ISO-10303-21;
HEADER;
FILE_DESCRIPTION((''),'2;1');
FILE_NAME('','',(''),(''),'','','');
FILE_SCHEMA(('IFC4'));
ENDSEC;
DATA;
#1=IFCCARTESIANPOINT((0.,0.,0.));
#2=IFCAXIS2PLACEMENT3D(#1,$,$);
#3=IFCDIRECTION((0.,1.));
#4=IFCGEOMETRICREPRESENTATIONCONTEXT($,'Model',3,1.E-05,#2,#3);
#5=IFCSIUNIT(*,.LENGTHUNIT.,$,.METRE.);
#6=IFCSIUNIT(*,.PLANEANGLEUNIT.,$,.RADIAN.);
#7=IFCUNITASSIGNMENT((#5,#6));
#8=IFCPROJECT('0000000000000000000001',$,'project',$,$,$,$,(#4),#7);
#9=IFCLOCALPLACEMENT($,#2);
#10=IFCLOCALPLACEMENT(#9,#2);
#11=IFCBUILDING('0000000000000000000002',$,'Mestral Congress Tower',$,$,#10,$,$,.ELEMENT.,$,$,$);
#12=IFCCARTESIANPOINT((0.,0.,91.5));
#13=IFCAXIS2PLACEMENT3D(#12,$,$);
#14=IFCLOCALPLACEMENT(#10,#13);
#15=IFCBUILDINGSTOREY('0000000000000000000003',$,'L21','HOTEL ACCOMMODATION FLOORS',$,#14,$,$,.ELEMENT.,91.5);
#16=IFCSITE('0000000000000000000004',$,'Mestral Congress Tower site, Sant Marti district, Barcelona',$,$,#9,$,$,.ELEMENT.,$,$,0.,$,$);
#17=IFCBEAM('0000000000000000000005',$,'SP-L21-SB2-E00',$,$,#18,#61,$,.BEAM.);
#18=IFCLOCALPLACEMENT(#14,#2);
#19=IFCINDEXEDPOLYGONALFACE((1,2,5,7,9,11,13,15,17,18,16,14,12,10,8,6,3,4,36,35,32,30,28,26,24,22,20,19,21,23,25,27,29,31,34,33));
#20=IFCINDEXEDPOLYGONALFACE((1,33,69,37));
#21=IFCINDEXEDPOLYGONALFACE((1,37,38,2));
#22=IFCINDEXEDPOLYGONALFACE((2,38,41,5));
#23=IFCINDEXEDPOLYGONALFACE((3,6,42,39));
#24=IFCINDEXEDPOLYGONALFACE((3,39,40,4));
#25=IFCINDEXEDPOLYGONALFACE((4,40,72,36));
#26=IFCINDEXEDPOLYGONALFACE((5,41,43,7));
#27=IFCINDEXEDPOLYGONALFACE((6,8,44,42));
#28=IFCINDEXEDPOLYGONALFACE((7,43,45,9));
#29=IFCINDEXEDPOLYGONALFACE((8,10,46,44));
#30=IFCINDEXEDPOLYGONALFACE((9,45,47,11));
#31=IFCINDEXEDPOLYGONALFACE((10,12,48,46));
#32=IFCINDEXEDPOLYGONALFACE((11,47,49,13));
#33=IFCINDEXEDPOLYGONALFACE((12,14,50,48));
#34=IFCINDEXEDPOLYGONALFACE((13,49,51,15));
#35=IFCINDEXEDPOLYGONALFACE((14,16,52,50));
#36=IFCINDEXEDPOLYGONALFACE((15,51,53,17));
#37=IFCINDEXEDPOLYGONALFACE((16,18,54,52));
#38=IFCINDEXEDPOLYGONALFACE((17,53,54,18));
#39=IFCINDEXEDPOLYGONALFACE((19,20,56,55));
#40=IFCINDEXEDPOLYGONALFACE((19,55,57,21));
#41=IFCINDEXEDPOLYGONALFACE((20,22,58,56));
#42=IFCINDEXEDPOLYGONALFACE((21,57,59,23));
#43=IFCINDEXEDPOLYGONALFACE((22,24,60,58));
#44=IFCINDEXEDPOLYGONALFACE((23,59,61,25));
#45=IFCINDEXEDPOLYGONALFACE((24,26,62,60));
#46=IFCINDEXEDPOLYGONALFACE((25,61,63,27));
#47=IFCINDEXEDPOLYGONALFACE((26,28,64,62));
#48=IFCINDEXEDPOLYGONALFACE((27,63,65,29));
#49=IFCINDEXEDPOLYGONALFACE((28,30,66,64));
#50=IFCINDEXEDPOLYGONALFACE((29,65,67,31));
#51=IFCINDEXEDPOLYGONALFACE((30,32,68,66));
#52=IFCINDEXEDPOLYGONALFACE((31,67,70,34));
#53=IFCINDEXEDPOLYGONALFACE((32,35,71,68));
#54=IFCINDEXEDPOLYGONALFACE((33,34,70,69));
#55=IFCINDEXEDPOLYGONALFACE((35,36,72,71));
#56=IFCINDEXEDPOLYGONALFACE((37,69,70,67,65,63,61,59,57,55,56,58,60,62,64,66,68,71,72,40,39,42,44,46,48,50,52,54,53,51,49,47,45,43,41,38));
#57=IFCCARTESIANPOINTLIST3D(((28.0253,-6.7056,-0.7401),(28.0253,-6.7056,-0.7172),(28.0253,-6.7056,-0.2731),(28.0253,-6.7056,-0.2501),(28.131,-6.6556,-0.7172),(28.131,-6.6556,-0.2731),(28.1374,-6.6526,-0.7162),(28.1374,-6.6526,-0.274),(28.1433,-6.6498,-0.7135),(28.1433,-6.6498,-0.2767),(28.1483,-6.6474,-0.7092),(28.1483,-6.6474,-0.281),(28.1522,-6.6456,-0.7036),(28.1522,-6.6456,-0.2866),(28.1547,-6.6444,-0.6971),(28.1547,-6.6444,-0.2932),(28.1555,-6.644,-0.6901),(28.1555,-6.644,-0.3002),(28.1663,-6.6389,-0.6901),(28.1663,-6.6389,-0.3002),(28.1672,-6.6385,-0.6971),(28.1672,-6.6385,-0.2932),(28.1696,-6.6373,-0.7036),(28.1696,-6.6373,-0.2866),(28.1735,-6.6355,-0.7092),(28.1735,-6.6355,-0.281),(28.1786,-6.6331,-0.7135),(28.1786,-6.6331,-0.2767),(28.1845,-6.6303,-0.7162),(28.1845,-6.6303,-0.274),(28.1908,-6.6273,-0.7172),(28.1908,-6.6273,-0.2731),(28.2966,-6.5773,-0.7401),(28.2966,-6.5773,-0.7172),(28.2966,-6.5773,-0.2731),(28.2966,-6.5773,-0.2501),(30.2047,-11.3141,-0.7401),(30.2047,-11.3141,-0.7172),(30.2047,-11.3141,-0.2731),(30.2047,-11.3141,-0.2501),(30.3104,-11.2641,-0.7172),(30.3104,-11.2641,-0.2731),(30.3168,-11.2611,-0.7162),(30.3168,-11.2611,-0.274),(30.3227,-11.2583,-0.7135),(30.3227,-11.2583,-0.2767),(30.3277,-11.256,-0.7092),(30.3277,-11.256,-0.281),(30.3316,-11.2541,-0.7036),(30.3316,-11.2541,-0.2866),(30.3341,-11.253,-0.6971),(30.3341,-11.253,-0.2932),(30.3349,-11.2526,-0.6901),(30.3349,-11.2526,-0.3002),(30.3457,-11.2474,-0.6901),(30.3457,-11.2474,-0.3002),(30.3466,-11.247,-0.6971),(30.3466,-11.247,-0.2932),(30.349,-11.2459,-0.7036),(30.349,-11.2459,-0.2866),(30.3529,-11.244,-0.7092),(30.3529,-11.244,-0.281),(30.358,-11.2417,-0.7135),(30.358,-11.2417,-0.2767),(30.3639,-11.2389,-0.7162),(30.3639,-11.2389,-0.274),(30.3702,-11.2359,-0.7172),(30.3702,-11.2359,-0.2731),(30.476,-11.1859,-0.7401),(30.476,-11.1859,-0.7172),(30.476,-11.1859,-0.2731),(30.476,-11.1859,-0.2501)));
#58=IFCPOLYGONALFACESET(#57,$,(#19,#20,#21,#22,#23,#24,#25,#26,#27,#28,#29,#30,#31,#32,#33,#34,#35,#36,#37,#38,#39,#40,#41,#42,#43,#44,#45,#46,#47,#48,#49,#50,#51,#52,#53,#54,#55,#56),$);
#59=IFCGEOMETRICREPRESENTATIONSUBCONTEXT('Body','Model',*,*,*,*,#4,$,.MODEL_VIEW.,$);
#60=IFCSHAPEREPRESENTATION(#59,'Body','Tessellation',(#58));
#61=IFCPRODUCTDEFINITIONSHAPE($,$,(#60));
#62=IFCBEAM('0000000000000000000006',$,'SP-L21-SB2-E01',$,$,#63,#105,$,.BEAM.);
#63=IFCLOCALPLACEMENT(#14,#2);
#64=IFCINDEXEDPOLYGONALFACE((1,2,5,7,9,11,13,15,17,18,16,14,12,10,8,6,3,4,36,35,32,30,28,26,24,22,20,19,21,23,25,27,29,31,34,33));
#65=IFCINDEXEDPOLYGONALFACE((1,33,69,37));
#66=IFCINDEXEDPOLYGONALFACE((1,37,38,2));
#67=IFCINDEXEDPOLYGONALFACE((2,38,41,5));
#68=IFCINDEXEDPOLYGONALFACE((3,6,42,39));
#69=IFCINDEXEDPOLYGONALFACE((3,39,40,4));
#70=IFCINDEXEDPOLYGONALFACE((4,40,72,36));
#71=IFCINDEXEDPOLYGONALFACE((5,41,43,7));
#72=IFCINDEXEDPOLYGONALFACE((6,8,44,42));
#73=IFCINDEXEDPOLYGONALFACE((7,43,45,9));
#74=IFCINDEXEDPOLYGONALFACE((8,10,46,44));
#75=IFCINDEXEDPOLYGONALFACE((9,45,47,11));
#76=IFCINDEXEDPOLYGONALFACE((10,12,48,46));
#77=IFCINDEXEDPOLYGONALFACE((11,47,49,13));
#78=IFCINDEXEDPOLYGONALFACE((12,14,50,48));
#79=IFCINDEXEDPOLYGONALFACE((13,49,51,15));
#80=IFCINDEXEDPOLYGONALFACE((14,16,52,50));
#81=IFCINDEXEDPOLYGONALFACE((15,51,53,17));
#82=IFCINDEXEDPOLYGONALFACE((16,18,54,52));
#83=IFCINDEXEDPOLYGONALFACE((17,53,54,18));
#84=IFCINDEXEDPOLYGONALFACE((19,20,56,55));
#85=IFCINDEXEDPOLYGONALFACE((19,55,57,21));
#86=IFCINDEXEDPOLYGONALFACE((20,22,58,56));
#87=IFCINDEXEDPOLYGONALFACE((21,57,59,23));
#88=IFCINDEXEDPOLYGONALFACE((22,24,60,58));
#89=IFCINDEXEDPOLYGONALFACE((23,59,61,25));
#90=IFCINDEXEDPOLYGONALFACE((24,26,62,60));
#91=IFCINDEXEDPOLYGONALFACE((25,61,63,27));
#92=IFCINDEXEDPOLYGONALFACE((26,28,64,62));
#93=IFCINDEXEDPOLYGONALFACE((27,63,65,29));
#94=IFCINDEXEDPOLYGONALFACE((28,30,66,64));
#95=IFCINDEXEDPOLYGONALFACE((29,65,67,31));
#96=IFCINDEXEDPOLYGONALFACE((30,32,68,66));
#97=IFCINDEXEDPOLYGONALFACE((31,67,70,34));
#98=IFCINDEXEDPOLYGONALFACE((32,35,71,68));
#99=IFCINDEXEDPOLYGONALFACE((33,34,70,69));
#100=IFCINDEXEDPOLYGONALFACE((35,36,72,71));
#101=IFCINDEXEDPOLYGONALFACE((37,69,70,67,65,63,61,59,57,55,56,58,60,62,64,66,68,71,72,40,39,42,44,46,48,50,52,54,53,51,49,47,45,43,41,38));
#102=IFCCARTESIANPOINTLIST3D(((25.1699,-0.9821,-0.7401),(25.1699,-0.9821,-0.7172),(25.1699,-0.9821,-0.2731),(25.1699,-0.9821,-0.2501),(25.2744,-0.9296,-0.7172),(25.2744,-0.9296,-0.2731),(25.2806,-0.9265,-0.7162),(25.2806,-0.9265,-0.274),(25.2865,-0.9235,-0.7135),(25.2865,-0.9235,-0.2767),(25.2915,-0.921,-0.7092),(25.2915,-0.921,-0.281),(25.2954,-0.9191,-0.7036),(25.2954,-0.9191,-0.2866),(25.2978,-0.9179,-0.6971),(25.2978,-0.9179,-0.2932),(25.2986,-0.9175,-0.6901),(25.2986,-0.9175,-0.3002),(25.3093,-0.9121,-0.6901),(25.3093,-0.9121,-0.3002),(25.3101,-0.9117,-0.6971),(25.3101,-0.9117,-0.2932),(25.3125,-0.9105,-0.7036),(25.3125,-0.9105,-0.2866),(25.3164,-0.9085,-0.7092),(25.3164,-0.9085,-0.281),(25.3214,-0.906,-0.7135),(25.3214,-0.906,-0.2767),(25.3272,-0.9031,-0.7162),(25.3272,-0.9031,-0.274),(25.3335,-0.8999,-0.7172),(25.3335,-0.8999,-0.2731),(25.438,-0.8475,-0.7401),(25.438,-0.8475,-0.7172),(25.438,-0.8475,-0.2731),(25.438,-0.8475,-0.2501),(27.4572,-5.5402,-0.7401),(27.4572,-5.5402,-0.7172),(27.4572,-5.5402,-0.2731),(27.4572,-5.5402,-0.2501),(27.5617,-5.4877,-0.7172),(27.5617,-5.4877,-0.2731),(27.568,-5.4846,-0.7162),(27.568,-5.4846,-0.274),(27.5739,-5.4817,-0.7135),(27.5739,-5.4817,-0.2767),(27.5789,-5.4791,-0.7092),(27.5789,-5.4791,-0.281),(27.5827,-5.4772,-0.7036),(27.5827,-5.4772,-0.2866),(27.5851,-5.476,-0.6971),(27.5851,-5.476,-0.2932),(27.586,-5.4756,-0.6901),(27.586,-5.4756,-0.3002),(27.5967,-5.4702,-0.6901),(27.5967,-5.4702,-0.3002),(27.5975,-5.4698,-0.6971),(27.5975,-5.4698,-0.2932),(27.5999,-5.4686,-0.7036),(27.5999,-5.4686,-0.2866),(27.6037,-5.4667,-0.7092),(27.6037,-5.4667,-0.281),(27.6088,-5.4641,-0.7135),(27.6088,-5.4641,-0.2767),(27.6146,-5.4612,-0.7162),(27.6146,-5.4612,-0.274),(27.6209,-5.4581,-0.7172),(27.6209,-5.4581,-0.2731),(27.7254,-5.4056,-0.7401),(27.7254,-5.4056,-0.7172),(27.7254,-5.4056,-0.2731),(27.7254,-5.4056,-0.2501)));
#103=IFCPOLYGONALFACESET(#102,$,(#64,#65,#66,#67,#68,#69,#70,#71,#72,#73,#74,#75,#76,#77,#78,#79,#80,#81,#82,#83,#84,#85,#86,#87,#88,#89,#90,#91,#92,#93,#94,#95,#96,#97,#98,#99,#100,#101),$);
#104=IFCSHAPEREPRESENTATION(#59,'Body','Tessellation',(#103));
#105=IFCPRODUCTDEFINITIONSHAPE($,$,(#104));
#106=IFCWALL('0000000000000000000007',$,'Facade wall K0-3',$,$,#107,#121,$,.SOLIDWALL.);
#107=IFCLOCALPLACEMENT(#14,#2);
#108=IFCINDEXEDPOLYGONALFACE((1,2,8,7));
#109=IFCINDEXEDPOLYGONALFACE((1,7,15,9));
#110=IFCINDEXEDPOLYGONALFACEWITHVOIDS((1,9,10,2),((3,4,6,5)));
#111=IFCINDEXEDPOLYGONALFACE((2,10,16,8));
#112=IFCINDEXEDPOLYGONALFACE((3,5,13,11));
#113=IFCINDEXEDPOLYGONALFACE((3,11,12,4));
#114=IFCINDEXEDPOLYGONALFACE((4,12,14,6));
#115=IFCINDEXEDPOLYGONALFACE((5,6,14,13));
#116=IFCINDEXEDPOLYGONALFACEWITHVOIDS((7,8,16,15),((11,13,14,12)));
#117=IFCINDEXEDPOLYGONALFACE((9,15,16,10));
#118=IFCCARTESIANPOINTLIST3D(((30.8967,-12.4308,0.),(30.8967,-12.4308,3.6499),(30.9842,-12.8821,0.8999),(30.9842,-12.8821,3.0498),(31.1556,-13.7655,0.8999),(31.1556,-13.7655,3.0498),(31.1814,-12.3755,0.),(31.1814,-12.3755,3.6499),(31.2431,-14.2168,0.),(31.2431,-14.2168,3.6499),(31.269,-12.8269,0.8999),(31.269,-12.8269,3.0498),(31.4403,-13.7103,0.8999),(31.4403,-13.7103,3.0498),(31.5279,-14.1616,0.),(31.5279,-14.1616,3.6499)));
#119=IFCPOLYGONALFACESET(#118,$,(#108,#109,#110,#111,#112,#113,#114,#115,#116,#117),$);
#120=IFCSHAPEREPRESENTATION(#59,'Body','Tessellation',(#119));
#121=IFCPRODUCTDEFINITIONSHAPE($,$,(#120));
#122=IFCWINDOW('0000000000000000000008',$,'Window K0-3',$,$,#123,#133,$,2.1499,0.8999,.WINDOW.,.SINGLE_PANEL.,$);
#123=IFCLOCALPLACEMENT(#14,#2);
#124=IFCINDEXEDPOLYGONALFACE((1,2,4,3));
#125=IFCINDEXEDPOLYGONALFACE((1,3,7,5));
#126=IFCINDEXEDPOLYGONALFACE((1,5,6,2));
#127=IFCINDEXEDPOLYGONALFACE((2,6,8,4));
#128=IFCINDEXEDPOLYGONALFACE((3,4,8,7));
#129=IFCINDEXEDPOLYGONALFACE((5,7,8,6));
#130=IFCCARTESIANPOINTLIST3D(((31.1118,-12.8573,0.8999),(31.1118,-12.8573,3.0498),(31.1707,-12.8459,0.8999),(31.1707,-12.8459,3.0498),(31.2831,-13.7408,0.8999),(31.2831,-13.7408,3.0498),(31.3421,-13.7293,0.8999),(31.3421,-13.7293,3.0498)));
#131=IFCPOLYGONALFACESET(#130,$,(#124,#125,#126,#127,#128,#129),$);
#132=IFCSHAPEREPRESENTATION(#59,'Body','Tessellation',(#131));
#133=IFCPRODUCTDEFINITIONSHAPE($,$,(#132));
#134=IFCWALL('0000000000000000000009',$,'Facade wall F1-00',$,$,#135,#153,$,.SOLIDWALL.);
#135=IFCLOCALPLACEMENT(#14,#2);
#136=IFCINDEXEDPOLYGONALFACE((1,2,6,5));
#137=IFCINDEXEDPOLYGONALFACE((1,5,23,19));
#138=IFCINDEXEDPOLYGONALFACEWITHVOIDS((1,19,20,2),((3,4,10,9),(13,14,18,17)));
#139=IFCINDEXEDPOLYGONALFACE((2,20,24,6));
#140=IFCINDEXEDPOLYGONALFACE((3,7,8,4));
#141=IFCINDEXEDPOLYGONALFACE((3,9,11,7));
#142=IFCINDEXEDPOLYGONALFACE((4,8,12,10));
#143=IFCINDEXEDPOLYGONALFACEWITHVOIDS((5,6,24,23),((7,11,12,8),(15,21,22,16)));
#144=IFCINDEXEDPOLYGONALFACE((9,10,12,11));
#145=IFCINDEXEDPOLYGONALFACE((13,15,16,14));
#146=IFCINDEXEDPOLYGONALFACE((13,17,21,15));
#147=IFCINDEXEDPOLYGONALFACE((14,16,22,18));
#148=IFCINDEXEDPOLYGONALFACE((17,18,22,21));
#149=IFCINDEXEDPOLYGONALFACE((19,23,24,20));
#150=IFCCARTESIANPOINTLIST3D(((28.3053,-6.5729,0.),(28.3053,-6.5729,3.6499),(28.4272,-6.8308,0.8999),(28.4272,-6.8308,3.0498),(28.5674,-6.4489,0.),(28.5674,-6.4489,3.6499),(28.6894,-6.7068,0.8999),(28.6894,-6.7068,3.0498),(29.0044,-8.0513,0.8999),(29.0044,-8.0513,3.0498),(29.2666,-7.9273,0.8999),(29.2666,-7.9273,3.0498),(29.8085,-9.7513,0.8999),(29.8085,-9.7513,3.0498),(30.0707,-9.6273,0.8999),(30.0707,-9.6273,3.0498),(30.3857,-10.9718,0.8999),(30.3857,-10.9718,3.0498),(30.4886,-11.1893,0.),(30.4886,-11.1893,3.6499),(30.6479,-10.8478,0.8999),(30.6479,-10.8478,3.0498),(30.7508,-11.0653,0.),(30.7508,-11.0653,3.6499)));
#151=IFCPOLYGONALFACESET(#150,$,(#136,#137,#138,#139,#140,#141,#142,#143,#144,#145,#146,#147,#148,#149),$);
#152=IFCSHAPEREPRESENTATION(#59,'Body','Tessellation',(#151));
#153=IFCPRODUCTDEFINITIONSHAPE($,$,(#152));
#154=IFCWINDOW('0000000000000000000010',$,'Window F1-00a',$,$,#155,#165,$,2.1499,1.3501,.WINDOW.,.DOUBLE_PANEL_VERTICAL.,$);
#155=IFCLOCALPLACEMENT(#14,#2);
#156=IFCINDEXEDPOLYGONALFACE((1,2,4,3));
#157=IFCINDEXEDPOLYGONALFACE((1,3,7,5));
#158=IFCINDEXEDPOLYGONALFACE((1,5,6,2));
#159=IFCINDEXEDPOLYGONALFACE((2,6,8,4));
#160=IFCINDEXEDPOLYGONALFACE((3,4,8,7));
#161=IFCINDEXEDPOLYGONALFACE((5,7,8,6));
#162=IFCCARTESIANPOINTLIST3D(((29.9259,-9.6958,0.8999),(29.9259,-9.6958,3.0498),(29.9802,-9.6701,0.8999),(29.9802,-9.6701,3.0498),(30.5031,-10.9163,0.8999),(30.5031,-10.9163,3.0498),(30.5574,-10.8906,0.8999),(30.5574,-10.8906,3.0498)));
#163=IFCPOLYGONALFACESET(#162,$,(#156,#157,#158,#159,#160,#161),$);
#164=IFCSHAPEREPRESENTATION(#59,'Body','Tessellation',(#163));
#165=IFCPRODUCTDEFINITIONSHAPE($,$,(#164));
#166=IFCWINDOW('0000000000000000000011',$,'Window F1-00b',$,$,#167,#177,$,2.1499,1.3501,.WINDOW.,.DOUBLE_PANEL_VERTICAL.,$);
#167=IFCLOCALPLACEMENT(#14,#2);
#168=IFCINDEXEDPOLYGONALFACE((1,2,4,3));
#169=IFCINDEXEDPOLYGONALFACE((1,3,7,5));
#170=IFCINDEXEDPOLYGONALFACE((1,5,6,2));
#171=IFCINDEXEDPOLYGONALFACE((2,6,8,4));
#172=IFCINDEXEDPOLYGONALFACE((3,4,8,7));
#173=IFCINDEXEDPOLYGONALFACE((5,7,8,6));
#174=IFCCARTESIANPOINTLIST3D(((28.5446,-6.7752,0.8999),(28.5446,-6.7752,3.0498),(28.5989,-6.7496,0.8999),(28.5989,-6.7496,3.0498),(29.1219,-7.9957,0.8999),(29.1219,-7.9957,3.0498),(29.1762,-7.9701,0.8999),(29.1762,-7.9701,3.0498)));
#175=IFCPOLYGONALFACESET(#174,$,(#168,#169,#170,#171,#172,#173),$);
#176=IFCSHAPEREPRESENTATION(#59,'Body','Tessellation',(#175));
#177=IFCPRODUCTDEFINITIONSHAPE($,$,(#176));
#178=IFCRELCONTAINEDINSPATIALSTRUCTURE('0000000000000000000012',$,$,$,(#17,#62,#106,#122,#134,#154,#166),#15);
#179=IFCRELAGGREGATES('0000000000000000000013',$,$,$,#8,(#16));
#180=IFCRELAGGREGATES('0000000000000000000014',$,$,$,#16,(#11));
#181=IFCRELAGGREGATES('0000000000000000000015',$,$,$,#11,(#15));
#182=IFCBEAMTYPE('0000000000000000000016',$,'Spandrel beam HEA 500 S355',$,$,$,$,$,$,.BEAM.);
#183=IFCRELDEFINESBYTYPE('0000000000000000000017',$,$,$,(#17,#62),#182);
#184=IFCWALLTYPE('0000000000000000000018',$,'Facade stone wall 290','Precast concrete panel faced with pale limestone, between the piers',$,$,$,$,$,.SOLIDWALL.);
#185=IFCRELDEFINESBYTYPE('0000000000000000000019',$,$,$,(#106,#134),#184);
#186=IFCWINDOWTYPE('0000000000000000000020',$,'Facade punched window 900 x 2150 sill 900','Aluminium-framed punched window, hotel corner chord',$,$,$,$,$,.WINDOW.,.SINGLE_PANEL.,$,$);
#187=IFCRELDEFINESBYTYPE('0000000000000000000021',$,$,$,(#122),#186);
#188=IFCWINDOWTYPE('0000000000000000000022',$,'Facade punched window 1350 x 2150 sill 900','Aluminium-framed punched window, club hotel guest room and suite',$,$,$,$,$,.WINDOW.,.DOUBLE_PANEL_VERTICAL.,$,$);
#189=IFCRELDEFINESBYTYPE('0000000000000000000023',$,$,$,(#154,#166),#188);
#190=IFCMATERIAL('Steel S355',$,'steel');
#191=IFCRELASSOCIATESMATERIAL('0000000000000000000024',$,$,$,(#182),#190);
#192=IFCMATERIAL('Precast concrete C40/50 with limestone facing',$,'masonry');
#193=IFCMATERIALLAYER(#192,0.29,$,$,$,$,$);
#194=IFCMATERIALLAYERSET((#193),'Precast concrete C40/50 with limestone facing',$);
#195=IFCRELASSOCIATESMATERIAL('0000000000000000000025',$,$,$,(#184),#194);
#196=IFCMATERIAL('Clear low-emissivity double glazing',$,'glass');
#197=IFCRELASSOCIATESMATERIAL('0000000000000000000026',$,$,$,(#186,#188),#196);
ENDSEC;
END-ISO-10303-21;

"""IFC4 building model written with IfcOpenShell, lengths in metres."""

from ifc_helpers import new_model, si_unit, direction, frame, frame_2d, origin, origin_2d, place, context, subcontext, project, spatial, rectangle, i_section, extrude, material, layer, layer_set, material_profile, profile_set, type_object, element, fill, save


model = new_model("IFC4")

# Units and contexts
model_context = context("Model", 3, precision=1e-05, world=origin(), true_north=direction((0.0, 1.0)))
body_context = subcontext(model_context, "Body", "Model", "MODEL_VIEW")
ifc_project = project(units=[si_unit("LENGTHUNIT", "METRE"), si_unit("PLANEANGLEUNIT", "RADIAN")], contexts=[model_context])

# Site, building, storey
site_placement = place(None, origin())
site = spatial("IfcSite", under=ifc_project, at=site_placement, Name="Mestral Congress Tower site, Sant Marti district, Barcelona", CompositionType="ELEMENT", RefElevation=0.0)
building_placement = place(site_placement, origin())
building = spatial("IfcBuilding", under=site, at=building_placement, Name="Mestral Congress Tower", CompositionType="ELEMENT")
storey_placement = place(building_placement, frame((0.0, 0.0, 91.5)))
storey = spatial("IfcBuildingStorey", under=building, at=storey_placement, Name="L21", Description="HOTEL ACCOMMODATION FLOORS", CompositionType="ELEMENT", Elevation=91.5)

# Beams
ifc_material_1 = material(Name="Steel S355", Category="steel")
ifc_material_profile_1 = material_profile(ifc_material_1, i_section(OverallWidth=0.3, OverallDepth=0.49, WebThickness=0.012, FlangeThickness=0.0229, FilletRadius=0.0271, at=origin_2d()), Name="HEA 500")
ifc_profile_set_1 = profile_set([ifc_material_profile_1], Name="Steel S355")
beam_type_1 = type_object("IfcBeamType", Name="Spandrel beam HEA 500 S355", PredefinedType="BEAM", material=ifc_profile_set_1)
beam_1_placement = place(storey_placement, frame((30.3403, -11.25, -0.4951), z_axis=(-0.42751, 0.904011, 0.0), x_axis=(-0.904011, -0.42751, 0.0)))
element("IfcBeam", 1, at=beam_1_placement, inside=storey, type_object=beam_type_1, Name="SP-L21-SB2-E00", PredefinedType="BEAM", context=body_context, shape_type="SweptSolid", body=[
    extrude(i_section(OverallWidth=0.3, OverallDepth=0.49, WebThickness=0.012, FlangeThickness=0.0229, FilletRadius=0.0271, at=origin_2d()), origin(), (0.0, 0.0, 1.0), 5.0979),
])
beam_2_placement = place(storey_placement, frame((27.5913, -5.4729, -0.4951), z_axis=(-0.448515, 0.893775, 0.0), x_axis=(-0.893775, -0.448515, 0.0)))
element("IfcBeam", 2, at=beam_2_placement, inside=storey, type_object=beam_type_1, Name="SP-L21-SB2-E01", PredefinedType="BEAM", context=body_context, shape_type="SweptSolid", body=[
    extrude(i_section(OverallWidth=0.3, OverallDepth=0.49, WebThickness=0.012, FlangeThickness=0.0229, FilletRadius=0.0271, at=origin_2d()), origin(), (0.0, 0.0, 1.0), 5.0999),
])

# Wall, opening, window
ifc_material_2 = material(Name="Precast concrete C40/50 with limestone facing", Category="masonry")
ifc_layer_1 = layer(ifc_material_2, 0.29)
ifc_layer_set_1 = layer_set([ifc_layer_1], Name="Precast concrete C40/50 with limestone facing")
wall_type_1 = type_object("IfcWallType", Name="Facade stone wall 290", Description="Precast concrete panel faced with pale limestone, between the piers", PredefinedType="SOLIDWALL", material=ifc_layer_set_1)
wall_1_placement = place(storey_placement, frame((31.3855, -14.1892, 0.0), z_axis=(0.0, 0.0, 1.0), x_axis=(-0.19041, 0.981705, 0.0)))
wall_1 = element("IfcWall", 3, at=wall_1_placement, inside=storey, type_object=wall_type_1, Name="Facade wall K0-3", PredefinedType="SOLIDWALL", context=body_context, shape_type="SweptSolid", body=[
    extrude(rectangle(XDim=1.8193, YDim=0.29, at=frame_2d((0.9097, 0.0))), origin(), (0.0, 0.0, 1.0), 3.6499),
])
opening_1_placement = place(wall_1_placement, frame((0.4597, 0.0, 0.8999)))
opening_1 = element("IfcOpeningElement", 4, at=opening_1_placement, cuts=wall_1, PredefinedType="OPENING", context=body_context, shape_type="SweptSolid", body=[
    extrude(rectangle(XDim=0.8999, YDim=2.1499, at=frame_2d((0.45, 1.075))), frame((0.0, 0.155, 0.0), z_axis=(0.0, -1.0, 0.0), x_axis=(1.0, 0.0, 0.0)), (0.0, 0.0, 1.0), 0.3101),
])
ifc_material_3 = material(Name="Clear low-emissivity double glazing", Category="glass")
window_type_1 = type_object("IfcWindowType", Name="Facade punched window 900 x 2150 sill 900", Description="Aluminium-framed punched window, hotel corner chord", PartitioningType="SINGLE_PANEL", PredefinedType="WINDOW", material=ifc_material_3)
window_1_placement = place(opening_1_placement, origin())
window_1 = element("IfcWindow", 5, at=window_1_placement, inside=storey, type_object=window_type_1, Name="Window K0-3", OverallHeight=2.1499, OverallWidth=0.8999, PartitioningType="SINGLE_PANEL", PredefinedType="WINDOW", context=body_context, shape_type="SweptSolid", body=[
    extrude(rectangle(XDim=0.8999, YDim=2.1499, at=frame_2d((0.45, 1.075))), frame((0.0, 0.0151, 0.0), z_axis=(0.0, -1.0, 0.0), x_axis=(1.0, 0.0, 0.0)), (0.0, 0.0, 1.0), 0.0601),
])
fill(opening_1, window_1)

# Wall, openings, windows
wall_2_placement = place(storey_placement, frame((30.6196, -11.1272, 0.0), z_axis=(0.0, 0.0, 1.0), x_axis=(-0.427544, 0.903995, 0.0)))
wall_2 = element("IfcWall", 6, at=wall_2_placement, inside=storey, type_object=wall_type_1, Name="Facade wall F1-00", PredefinedType="SOLIDWALL", context=body_context, shape_type="SweptSolid", body=[
    extrude(rectangle(XDim=5.1067, YDim=0.29, at=frame_2d((2.5532, 0.0))), origin(), (0.0, 0.0, 1.0), 3.6499),
])
opening_2_placement = place(wall_2_placement, frame((0.2405, 0.0, 0.8999)))
opening_2 = element("IfcOpeningElement", 7, at=opening_2_placement, cuts=wall_2, PredefinedType="OPENING", context=body_context, shape_type="SweptSolid", body=[
    extrude(rectangle(XDim=1.3501, YDim=2.1499, at=frame_2d((0.675, 1.075))), frame((0.0, 0.155, 0.0), z_axis=(0.0, -1.0, 0.0), x_axis=(1.0, 0.0, 0.0)), (0.0, 0.0, 1.0), 0.3101),
])
opening_3_placement = place(wall_2_placement, frame((3.4712, 0.0, 0.8999)))
opening_3 = element("IfcOpeningElement", 8, at=opening_3_placement, cuts=wall_2, PredefinedType="OPENING", context=body_context, shape_type="SweptSolid", body=[
    extrude(rectangle(XDim=1.3501, YDim=2.1499, at=frame_2d((0.675, 1.075))), frame((0.0, 0.155, 0.0), z_axis=(0.0, -1.0, 0.0), x_axis=(1.0, 0.0, 0.0)), (0.0, 0.0, 1.0), 0.3101),
])
window_type_2 = type_object("IfcWindowType", Name="Facade punched window 1350 x 2150 sill 900", Description="Aluminium-framed punched window, club hotel guest room and suite", PartitioningType="DOUBLE_PANEL_VERTICAL", PredefinedType="WINDOW", material=ifc_material_3)
window_2_placement = place(opening_2_placement, origin())
window_2 = element("IfcWindow", 9, at=window_2_placement, inside=storey, type_object=window_type_2, Name="Window F1-00a", OverallHeight=2.1499, OverallWidth=1.3501, PartitioningType="DOUBLE_PANEL_VERTICAL", PredefinedType="WINDOW", context=body_context, shape_type="SweptSolid", body=[
    extrude(rectangle(XDim=1.3501, YDim=2.1499, at=frame_2d((0.675, 1.075))), frame((0.0, 0.0151, 0.0), z_axis=(0.0, -1.0, 0.0), x_axis=(1.0, 0.0, 0.0)), (0.0, 0.0, 1.0), 0.0601),
])
fill(opening_2, window_2)
window_3_placement = place(opening_3_placement, origin())
window_3 = element("IfcWindow", 10, at=window_3_placement, inside=storey, type_object=window_type_2, Name="Window F1-00b", OverallHeight=2.1499, OverallWidth=1.3501, PartitioningType="DOUBLE_PANEL_VERTICAL", PredefinedType="WINDOW", context=body_context, shape_type="SweptSolid", body=[
    extrude(rectangle(XDim=1.3501, YDim=2.1499, at=frame_2d((0.675, 1.075))), frame((0.0, 0.0151, 0.0), z_axis=(0.0, -1.0, 0.0), x_axis=(1.0, 0.0, 0.0)), (0.0, 0.0, 1.0), 0.0601),
])
fill(opening_3, window_3)

save(model, "model.ifc")
